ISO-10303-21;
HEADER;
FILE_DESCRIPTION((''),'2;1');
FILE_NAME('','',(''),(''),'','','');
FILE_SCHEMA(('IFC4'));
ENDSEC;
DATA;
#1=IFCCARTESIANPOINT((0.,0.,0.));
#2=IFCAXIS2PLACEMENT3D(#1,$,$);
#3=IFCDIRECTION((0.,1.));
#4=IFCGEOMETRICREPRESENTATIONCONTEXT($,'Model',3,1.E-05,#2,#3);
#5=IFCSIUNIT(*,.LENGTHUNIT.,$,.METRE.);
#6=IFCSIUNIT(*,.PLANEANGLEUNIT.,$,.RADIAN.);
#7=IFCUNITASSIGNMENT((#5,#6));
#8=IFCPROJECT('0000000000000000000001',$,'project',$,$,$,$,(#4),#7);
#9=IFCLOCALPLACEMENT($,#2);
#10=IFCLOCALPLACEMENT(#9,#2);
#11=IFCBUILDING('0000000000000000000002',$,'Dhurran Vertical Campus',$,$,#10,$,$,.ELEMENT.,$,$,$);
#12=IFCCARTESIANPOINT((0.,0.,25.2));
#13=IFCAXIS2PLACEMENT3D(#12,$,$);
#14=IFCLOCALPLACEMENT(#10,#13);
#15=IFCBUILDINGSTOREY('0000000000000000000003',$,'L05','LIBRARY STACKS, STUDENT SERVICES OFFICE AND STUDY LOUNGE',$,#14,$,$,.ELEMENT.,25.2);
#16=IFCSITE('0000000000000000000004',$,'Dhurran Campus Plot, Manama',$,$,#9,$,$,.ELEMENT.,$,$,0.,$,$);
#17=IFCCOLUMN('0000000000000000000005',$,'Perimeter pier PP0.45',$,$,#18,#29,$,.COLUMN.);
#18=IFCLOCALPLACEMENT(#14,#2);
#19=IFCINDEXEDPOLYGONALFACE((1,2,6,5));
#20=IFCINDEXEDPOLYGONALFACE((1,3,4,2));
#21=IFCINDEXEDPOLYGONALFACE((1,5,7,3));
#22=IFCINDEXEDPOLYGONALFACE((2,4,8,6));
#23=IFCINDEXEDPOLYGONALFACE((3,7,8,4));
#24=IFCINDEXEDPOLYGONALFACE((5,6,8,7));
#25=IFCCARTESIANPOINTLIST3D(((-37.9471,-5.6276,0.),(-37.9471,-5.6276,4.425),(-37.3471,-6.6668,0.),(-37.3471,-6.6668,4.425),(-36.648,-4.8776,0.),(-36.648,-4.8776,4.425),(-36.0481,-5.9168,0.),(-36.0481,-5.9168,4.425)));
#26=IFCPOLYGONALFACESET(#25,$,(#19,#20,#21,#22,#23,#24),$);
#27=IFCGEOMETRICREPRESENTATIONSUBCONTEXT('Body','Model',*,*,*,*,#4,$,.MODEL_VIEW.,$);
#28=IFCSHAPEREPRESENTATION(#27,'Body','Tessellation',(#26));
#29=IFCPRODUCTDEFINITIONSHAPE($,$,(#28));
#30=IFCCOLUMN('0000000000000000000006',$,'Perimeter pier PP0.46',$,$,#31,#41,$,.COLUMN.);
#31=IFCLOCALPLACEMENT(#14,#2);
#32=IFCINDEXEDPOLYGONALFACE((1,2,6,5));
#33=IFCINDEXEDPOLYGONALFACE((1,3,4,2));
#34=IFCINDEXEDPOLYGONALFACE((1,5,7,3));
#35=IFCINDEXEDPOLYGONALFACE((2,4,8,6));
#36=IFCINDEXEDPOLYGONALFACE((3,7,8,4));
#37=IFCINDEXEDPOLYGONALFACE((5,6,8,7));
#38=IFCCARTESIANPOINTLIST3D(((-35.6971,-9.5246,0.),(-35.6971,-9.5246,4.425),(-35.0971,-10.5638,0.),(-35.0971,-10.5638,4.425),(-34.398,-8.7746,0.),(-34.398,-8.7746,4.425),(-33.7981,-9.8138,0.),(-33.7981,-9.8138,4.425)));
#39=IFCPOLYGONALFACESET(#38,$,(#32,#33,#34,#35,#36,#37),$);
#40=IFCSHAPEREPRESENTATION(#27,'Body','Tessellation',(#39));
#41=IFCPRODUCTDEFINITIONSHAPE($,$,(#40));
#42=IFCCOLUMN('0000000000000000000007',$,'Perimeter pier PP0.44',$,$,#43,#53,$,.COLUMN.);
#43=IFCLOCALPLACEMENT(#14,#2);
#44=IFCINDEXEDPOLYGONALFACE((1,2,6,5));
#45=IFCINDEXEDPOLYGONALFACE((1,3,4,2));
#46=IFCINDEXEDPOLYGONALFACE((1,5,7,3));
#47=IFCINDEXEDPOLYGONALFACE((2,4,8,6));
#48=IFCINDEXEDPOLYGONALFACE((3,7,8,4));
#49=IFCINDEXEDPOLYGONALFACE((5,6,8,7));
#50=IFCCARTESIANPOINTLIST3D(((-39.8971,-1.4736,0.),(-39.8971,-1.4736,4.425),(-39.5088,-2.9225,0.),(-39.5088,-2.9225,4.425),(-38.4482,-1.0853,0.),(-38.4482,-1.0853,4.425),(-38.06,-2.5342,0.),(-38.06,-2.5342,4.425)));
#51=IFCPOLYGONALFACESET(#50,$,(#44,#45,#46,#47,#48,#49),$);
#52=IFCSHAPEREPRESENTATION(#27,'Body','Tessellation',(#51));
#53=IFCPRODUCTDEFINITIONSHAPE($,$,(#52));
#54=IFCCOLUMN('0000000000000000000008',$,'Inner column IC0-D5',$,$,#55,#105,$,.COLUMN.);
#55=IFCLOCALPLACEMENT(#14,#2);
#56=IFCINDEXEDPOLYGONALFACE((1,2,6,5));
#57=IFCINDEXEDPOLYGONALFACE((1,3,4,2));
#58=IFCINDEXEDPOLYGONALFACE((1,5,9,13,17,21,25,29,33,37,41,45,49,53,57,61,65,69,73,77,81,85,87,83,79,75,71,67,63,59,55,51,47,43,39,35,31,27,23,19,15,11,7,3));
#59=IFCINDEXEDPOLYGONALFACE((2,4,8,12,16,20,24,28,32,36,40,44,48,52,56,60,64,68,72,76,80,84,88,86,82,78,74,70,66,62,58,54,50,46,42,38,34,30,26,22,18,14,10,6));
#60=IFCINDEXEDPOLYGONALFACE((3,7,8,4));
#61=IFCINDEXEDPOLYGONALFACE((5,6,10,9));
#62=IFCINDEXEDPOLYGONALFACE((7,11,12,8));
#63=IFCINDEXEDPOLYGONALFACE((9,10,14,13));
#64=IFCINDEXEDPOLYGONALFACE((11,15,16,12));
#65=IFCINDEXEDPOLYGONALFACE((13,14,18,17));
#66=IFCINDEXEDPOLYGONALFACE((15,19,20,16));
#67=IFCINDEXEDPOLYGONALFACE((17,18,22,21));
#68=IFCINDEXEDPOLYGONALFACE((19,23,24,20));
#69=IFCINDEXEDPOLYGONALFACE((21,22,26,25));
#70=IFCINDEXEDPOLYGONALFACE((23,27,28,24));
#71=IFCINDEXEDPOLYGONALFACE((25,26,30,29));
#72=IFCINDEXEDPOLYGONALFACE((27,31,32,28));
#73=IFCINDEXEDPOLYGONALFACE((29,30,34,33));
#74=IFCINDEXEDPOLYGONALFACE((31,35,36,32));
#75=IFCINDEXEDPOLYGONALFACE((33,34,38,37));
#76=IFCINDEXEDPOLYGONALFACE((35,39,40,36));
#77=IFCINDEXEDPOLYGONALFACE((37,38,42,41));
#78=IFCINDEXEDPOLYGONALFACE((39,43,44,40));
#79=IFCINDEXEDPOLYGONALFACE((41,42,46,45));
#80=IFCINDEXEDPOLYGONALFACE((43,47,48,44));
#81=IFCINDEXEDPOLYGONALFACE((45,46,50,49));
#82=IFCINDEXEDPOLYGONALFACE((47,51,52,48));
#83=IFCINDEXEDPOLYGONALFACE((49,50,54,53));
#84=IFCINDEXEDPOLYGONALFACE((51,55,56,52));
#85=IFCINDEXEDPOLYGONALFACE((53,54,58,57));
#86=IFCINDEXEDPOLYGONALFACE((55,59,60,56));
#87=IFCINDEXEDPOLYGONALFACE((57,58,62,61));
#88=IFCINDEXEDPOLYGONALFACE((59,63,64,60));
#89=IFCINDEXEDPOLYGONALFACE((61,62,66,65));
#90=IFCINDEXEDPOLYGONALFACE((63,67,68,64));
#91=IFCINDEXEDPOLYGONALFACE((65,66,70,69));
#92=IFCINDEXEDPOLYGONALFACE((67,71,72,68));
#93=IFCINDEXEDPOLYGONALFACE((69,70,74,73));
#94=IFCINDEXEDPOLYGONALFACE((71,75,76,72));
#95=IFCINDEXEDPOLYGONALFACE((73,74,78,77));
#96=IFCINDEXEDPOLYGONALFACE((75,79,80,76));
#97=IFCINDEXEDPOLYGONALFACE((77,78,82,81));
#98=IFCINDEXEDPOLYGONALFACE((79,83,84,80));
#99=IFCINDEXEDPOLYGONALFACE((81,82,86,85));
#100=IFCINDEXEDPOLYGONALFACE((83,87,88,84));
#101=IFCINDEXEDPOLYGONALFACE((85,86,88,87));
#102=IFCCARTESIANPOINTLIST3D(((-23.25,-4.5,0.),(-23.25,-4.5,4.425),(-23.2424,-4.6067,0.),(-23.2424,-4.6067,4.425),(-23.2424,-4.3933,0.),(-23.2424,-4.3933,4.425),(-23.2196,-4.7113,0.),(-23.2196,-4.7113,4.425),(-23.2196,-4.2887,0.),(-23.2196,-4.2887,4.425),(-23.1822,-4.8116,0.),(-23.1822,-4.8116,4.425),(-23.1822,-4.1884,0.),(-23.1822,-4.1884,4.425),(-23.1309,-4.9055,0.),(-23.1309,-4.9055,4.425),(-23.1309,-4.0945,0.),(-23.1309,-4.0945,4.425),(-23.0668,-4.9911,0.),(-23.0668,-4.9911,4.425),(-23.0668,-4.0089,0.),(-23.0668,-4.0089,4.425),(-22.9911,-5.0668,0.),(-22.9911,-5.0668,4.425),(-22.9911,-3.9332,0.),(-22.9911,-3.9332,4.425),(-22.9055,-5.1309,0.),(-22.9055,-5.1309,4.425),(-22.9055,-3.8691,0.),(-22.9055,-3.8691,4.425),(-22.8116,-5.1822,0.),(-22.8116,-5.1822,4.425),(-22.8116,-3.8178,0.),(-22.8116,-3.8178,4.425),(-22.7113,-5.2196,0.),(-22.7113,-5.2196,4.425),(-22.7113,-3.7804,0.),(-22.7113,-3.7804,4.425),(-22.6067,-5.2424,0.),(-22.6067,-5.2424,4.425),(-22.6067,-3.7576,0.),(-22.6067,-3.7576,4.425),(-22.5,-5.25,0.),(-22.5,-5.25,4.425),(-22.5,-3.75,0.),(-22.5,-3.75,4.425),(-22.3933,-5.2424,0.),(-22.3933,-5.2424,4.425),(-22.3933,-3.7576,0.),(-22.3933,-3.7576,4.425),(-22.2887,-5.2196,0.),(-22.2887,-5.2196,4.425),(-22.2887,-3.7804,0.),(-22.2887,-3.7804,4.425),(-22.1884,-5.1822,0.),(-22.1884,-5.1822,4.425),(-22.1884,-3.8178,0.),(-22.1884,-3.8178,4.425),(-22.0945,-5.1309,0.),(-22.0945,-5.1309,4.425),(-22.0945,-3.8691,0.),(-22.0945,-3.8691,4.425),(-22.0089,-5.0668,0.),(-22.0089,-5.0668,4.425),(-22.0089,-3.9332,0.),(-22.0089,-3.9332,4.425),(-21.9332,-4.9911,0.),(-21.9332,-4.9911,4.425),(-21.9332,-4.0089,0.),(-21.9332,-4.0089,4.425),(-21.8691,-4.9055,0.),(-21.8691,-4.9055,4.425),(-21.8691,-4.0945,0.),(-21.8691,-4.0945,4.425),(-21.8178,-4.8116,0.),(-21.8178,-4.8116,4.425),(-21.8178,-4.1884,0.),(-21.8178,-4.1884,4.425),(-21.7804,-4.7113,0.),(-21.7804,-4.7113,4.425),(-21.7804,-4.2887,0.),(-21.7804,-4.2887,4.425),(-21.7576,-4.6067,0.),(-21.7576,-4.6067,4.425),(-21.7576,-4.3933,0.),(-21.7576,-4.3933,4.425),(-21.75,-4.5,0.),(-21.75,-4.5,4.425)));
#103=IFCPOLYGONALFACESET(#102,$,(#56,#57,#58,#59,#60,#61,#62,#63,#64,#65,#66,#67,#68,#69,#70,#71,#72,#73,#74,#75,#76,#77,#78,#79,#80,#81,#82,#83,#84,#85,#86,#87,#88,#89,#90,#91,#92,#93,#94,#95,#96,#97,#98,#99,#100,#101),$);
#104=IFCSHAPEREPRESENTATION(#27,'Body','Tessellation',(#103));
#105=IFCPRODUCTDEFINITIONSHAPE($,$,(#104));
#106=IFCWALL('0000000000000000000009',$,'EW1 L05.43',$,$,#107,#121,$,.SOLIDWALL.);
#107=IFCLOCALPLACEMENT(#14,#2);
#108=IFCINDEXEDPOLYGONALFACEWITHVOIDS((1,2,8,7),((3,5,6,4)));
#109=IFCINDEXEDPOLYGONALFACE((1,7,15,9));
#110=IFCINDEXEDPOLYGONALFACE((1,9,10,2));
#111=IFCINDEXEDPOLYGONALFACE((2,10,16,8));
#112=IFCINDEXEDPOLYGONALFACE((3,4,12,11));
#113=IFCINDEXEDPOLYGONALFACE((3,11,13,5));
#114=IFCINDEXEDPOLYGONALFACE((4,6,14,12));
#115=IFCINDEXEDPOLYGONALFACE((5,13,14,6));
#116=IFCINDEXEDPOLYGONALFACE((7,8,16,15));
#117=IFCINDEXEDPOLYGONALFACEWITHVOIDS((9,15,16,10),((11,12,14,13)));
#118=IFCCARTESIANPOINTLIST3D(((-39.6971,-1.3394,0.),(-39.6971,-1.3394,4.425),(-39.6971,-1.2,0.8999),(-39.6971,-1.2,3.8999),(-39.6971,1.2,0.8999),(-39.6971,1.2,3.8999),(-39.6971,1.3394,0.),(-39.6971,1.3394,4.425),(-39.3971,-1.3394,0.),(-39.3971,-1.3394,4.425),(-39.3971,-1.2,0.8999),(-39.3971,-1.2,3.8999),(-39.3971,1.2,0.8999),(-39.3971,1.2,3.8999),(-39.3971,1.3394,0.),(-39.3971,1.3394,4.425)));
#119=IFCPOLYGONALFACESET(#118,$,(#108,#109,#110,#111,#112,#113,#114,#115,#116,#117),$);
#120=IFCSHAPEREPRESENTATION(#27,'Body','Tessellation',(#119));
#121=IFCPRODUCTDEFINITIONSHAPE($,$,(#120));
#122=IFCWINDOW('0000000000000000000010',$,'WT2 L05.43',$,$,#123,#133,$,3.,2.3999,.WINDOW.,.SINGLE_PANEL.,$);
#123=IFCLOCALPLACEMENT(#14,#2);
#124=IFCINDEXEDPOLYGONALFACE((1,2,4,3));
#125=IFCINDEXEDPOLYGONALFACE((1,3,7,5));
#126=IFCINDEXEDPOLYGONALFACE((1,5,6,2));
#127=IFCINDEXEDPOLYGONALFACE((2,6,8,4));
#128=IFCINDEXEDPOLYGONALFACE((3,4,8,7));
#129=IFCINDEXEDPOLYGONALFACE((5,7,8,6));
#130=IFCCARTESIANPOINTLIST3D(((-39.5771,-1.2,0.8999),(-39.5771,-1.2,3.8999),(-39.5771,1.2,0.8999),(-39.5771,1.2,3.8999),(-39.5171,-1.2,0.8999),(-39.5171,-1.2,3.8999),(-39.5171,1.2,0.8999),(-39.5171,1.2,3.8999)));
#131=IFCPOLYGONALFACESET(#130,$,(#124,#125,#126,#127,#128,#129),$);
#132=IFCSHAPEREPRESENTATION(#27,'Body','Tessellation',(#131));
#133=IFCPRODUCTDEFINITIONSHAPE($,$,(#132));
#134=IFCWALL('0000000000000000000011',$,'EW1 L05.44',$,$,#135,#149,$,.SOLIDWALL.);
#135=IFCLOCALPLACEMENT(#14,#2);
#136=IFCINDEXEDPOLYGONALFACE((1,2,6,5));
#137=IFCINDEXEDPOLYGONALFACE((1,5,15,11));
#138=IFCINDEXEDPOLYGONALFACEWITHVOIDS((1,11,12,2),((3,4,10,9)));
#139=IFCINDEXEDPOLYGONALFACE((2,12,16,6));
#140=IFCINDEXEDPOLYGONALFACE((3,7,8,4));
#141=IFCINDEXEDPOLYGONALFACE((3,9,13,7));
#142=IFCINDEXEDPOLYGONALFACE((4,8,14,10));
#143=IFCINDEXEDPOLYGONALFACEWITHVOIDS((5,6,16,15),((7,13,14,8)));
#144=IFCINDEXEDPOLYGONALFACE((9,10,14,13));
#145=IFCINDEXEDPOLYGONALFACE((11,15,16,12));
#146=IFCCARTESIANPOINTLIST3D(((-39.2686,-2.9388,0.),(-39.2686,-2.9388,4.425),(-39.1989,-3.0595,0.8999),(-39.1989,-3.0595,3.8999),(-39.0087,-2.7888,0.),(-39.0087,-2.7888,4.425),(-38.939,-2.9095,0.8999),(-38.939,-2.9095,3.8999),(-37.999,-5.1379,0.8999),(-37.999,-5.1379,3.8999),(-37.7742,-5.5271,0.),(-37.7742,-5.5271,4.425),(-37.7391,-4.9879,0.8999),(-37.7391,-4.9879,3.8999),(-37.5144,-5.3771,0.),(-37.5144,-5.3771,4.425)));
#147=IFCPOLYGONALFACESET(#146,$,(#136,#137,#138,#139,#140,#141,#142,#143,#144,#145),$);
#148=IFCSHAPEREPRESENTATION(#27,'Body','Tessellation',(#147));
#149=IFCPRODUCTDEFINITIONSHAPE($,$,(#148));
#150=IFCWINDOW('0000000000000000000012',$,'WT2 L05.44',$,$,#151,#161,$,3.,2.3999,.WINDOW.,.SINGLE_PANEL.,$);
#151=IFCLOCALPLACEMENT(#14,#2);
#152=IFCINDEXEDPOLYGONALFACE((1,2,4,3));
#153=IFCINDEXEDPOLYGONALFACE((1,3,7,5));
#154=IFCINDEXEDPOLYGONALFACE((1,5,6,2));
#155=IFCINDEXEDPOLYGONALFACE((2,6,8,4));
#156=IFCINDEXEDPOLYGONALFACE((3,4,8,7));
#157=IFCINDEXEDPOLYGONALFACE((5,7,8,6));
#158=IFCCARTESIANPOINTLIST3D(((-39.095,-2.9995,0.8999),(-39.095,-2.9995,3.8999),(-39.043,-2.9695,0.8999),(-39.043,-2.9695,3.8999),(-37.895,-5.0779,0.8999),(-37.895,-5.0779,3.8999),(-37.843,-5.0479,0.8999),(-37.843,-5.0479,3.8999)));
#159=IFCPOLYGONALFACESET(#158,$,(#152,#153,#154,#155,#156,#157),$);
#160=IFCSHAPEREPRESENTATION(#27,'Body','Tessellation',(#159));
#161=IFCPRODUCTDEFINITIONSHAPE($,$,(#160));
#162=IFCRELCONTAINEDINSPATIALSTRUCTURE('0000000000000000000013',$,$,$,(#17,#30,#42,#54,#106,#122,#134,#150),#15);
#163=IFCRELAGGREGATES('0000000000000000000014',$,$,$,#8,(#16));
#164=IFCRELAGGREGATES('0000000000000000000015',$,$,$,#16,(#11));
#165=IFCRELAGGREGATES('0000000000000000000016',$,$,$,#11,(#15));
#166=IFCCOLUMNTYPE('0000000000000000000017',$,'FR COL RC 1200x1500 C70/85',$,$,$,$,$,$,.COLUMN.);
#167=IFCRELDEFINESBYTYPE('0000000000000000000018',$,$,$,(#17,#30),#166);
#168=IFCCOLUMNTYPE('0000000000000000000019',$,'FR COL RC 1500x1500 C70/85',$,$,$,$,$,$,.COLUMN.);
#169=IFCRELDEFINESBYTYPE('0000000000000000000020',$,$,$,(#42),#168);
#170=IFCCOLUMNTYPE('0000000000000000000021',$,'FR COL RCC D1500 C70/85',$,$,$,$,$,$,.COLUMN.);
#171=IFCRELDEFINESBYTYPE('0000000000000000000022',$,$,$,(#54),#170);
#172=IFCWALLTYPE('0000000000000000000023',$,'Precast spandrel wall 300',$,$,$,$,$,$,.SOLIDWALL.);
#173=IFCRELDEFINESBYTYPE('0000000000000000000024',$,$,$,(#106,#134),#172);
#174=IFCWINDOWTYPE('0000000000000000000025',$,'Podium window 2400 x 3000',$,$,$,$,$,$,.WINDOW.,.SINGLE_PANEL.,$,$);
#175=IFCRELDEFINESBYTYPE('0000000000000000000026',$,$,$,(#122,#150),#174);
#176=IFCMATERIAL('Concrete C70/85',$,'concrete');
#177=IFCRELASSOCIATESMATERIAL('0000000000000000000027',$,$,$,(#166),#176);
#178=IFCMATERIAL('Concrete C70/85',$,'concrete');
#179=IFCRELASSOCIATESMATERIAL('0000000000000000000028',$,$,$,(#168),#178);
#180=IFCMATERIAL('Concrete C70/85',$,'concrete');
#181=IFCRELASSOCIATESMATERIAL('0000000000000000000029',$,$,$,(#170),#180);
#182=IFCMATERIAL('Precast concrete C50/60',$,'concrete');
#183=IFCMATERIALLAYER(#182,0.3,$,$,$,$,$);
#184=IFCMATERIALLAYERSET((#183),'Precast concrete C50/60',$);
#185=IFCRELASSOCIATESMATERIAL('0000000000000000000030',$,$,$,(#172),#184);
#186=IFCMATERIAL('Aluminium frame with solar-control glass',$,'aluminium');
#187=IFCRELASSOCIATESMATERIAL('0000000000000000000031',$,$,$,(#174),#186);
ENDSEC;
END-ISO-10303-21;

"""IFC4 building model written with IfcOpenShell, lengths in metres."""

from ifc_helpers import new_model, si_unit, direction, frame, frame_2d, origin, origin_2d, place, context, subcontext, project, spatial, rectangle, circle, extrude, material, layer, layer_set, material_profile, profile_set, type_object, element, fill, save


model = new_model("IFC4")

# Units and contexts
model_context = context("Model", 3, precision=1e-05, world=origin(), true_north=direction((0.0, 1.0)))
body_context = subcontext(model_context, "Body", "Model", "MODEL_VIEW")
ifc_project = project(units=[si_unit("LENGTHUNIT", "METRE"), si_unit("PLANEANGLEUNIT", "RADIAN")], contexts=[model_context])

# Site, building, storey
site_placement = place(None, origin())
site = spatial("IfcSite", under=ifc_project, at=site_placement, Name="Dhurran Campus Plot, Manama", CompositionType="ELEMENT", RefElevation=0.0)
building_placement = place(site_placement, origin())
building = spatial("IfcBuilding", under=site, at=building_placement, Name="Dhurran Vertical Campus", CompositionType="ELEMENT")
storey_placement = place(building_placement, frame((0.0, 0.0, 25.2)))
storey = spatial("IfcBuildingStorey", under=building, at=storey_placement, Name="L05", Description="LIBRARY STACKS, STUDENT SERVICES OFFICE AND STUDY LOUNGE", CompositionType="ELEMENT", Elevation=25.2)

# Columns
ifc_material_1 = material(Name="Concrete C70/85", Category="concrete")
ifc_material_profile_1 = material_profile(ifc_material_1, rectangle(XDim=1.2, YDim=1.5, at=origin_2d()), Name="RC 1200x1500")
ifc_profile_set_1 = profile_set([ifc_material_profile_1], Name="Concrete C70/85")
column_type_1 = type_object("IfcColumnType", Name="FR COL RC 1200x1500 C70/85", PredefinedType="COLUMN", material=ifc_profile_set_1)
for number, where, z_axis, x_axis, name in (
    (1, (-36.9976, -5.7722, 0.0), (0.0, 0.0, 1.0), (0.5, -0.866025, 0.0), "Perimeter pier PP0.45"),
    (2, (-34.7476, -9.6692, 0.0), (0.0, 0.0, 1.0), (0.5, -0.866025, 0.0), "Perimeter pier PP0.46"),
):
    element("IfcColumn", number, at=place(storey_placement, frame(where, z_axis=z_axis, x_axis=x_axis)), inside=storey, type_object=column_type_1, Name=name, PredefinedType="COLUMN", context=body_context, shape_type="SweptSolid", body=[
        extrude(rectangle(XDim=1.2, YDim=1.5, at=origin_2d()), origin(), (0.0, 0.0, 1.0), 4.425),
    ])
ifc_material_2 = material(Name="Concrete C70/85", Category="concrete")
ifc_material_profile_2 = material_profile(ifc_material_2, rectangle(XDim=1.5, YDim=1.5, at=origin_2d()), Name="RC 1500x1500")
ifc_profile_set_2 = profile_set([ifc_material_profile_2], Name="Concrete C70/85")
column_type_2 = type_object("IfcColumnType", Name="FR COL RC 1500x1500 C70/85", PredefinedType="COLUMN", material=ifc_profile_set_2)
column_1_placement = place(storey_placement, frame((-38.9785, -2.0039, 0.0), z_axis=(0.0, 0.0, 1.0), x_axis=(0.258819, -0.965926, 0.0)))
element("IfcColumn", 3, at=column_1_placement, inside=storey, type_object=column_type_2, Name="Perimeter pier PP0.44", PredefinedType="COLUMN", context=body_context, shape_type="SweptSolid", body=[
    extrude(rectangle(XDim=1.5, YDim=1.5, at=origin_2d()), origin(), (0.0, 0.0, 1.0), 4.425),
])
ifc_material_3 = material(Name="Concrete C70/85", Category="concrete")
ifc_material_profile_3 = material_profile(ifc_material_3, circle(Radius=0.75, at=origin_2d()), Name="RCC D1500")
ifc_profile_set_3 = profile_set([ifc_material_profile_3], Name="Concrete C70/85")
column_type_3 = type_object("IfcColumnType", Name="FR COL RCC D1500 C70/85", PredefinedType="COLUMN", material=ifc_profile_set_3)
column_2_placement = place(storey_placement, frame((-22.5, -4.5, 0.0), z_axis=(0.0, 0.0, 1.0), x_axis=(1.0, 0.0, 0.0)))
element("IfcColumn", 4, at=column_2_placement, inside=storey, type_object=column_type_3, Name="Inner column IC0-D5", PredefinedType="COLUMN", context=body_context, shape_type="SweptSolid", body=[
    extrude(circle(Radius=0.75, at=origin_2d()), origin(), (0.0, 0.0, 1.0), 4.425),
])

# Walls, openings, windows
ifc_material_4 = material(Name="Precast concrete C50/60", Category="concrete")
ifc_layer_1 = layer(ifc_material_4, 0.3)
ifc_layer_set_1 = layer_set([ifc_layer_1], Name="Precast concrete C50/60")
wall_type_1 = type_object("IfcWallType", Name="Precast spandrel wall 300", PredefinedType="SOLIDWALL", material=ifc_layer_set_1)
wall_1_placement = place(storey_placement, frame((-39.5471, 1.3394, 0.0), z_axis=(0.0, 0.0, 1.0), x_axis=(0.0, -1.0, 0.0)))
wall_1 = element("IfcWall", 5, at=wall_1_placement, inside=storey, type_object=wall_type_1, Name="EW1 L05.43", PredefinedType="SOLIDWALL", context=body_context, shape_type="SweptSolid", body=[
    extrude(rectangle(XDim=2.6787, YDim=0.3, at=frame_2d((1.3394, 0.0))), origin(), (0.0, 0.0, 1.0), 4.425),
])
opening_1_placement = place(wall_1_placement, frame((0.1394, 0.0, 0.8999)))
opening_1 = element("IfcOpeningElement", 6, at=opening_1_placement, cuts=wall_1, PredefinedType="OPENING", context=body_context, shape_type="SweptSolid", body=[
    extrude(rectangle(XDim=2.3999, YDim=3.0, at=frame_2d((1.2, 1.5))), frame((0.0, 0.1599, 0.0), z_axis=(0.0, -1.0, 0.0), x_axis=(1.0, 0.0, 0.0)), (0.0, 0.0, 1.0), 0.3201),
])
ifc_material_5 = material(Name="Aluminium frame with solar-control glass", Category="aluminium")
window_type = type_object("IfcWindowType", Name="Podium window 2400 x 3000", PartitioningType="SINGLE_PANEL", PredefinedType="WINDOW", material=ifc_material_5)
window_1_placement = place(opening_1_placement, origin())
window_1 = element("IfcWindow", 7, at=window_1_placement, inside=storey, type_object=window_type, Name="WT2 L05.43", OverallHeight=3.0, OverallWidth=2.3999, PartitioningType="SINGLE_PANEL", PredefinedType="WINDOW", context=body_context, shape_type="SweptSolid", body=[
    extrude(rectangle(XDim=2.3999, YDim=3.0, at=frame_2d((1.2, 1.5))), frame((0.0, 0.03, 0.0), z_axis=(0.0, -1.0, 0.0), x_axis=(1.0, 0.0, 0.0)), (0.0, 0.0, 1.0), 0.0601),
])
fill(opening_1, window_1)
wall_2_placement = place(storey_placement, frame((-39.1387, -2.8638, 0.0), z_axis=(0.0, 0.0, 1.0), x_axis=(0.499996, -0.866028, 0.0)))
wall_2 = element("IfcWall", 8, at=wall_2_placement, inside=storey, type_object=wall_type_1, Name="EW1 L05.44", PredefinedType="SOLIDWALL", context=body_context, shape_type="SweptSolid", body=[
    extrude(rectangle(XDim=2.9888, YDim=0.3, at=frame_2d((1.4944, 0.0))), origin(), (0.0, 0.0, 1.0), 4.425),
])
opening_2_placement = place(wall_2_placement, frame((0.1394, 0.0, 0.8999)))
opening_2 = element("IfcOpeningElement", 9, at=opening_2_placement, cuts=wall_2, PredefinedType="OPENING", context=body_context, shape_type="SweptSolid", body=[
    extrude(rectangle(XDim=2.3999, YDim=3.0, at=frame_2d((1.2, 1.5))), frame((0.0, 0.1599, 0.0), z_axis=(0.0, -1.0, 0.0), x_axis=(1.0, 0.0, 0.0)), (0.0, 0.0, 1.0), 0.3201),
])
window_2_placement = place(opening_2_placement, origin())
window_2 = element("IfcWindow", 10, at=window_2_placement, inside=storey, type_object=window_type, Name="WT2 L05.44", OverallHeight=3.0, OverallWidth=2.3999, PartitioningType="SINGLE_PANEL", PredefinedType="WINDOW", context=body_context, shape_type="SweptSolid", body=[
    extrude(rectangle(XDim=2.3999, YDim=3.0, at=frame_2d((1.2, 1.5))), frame((0.0, 0.03, 0.0), z_axis=(0.0, -1.0, 0.0), x_axis=(1.0, 0.0, 0.0)), (0.0, 0.0, 1.0), 0.0601),
])
fill(opening_2, window_2)

save(model, "model.ifc")
